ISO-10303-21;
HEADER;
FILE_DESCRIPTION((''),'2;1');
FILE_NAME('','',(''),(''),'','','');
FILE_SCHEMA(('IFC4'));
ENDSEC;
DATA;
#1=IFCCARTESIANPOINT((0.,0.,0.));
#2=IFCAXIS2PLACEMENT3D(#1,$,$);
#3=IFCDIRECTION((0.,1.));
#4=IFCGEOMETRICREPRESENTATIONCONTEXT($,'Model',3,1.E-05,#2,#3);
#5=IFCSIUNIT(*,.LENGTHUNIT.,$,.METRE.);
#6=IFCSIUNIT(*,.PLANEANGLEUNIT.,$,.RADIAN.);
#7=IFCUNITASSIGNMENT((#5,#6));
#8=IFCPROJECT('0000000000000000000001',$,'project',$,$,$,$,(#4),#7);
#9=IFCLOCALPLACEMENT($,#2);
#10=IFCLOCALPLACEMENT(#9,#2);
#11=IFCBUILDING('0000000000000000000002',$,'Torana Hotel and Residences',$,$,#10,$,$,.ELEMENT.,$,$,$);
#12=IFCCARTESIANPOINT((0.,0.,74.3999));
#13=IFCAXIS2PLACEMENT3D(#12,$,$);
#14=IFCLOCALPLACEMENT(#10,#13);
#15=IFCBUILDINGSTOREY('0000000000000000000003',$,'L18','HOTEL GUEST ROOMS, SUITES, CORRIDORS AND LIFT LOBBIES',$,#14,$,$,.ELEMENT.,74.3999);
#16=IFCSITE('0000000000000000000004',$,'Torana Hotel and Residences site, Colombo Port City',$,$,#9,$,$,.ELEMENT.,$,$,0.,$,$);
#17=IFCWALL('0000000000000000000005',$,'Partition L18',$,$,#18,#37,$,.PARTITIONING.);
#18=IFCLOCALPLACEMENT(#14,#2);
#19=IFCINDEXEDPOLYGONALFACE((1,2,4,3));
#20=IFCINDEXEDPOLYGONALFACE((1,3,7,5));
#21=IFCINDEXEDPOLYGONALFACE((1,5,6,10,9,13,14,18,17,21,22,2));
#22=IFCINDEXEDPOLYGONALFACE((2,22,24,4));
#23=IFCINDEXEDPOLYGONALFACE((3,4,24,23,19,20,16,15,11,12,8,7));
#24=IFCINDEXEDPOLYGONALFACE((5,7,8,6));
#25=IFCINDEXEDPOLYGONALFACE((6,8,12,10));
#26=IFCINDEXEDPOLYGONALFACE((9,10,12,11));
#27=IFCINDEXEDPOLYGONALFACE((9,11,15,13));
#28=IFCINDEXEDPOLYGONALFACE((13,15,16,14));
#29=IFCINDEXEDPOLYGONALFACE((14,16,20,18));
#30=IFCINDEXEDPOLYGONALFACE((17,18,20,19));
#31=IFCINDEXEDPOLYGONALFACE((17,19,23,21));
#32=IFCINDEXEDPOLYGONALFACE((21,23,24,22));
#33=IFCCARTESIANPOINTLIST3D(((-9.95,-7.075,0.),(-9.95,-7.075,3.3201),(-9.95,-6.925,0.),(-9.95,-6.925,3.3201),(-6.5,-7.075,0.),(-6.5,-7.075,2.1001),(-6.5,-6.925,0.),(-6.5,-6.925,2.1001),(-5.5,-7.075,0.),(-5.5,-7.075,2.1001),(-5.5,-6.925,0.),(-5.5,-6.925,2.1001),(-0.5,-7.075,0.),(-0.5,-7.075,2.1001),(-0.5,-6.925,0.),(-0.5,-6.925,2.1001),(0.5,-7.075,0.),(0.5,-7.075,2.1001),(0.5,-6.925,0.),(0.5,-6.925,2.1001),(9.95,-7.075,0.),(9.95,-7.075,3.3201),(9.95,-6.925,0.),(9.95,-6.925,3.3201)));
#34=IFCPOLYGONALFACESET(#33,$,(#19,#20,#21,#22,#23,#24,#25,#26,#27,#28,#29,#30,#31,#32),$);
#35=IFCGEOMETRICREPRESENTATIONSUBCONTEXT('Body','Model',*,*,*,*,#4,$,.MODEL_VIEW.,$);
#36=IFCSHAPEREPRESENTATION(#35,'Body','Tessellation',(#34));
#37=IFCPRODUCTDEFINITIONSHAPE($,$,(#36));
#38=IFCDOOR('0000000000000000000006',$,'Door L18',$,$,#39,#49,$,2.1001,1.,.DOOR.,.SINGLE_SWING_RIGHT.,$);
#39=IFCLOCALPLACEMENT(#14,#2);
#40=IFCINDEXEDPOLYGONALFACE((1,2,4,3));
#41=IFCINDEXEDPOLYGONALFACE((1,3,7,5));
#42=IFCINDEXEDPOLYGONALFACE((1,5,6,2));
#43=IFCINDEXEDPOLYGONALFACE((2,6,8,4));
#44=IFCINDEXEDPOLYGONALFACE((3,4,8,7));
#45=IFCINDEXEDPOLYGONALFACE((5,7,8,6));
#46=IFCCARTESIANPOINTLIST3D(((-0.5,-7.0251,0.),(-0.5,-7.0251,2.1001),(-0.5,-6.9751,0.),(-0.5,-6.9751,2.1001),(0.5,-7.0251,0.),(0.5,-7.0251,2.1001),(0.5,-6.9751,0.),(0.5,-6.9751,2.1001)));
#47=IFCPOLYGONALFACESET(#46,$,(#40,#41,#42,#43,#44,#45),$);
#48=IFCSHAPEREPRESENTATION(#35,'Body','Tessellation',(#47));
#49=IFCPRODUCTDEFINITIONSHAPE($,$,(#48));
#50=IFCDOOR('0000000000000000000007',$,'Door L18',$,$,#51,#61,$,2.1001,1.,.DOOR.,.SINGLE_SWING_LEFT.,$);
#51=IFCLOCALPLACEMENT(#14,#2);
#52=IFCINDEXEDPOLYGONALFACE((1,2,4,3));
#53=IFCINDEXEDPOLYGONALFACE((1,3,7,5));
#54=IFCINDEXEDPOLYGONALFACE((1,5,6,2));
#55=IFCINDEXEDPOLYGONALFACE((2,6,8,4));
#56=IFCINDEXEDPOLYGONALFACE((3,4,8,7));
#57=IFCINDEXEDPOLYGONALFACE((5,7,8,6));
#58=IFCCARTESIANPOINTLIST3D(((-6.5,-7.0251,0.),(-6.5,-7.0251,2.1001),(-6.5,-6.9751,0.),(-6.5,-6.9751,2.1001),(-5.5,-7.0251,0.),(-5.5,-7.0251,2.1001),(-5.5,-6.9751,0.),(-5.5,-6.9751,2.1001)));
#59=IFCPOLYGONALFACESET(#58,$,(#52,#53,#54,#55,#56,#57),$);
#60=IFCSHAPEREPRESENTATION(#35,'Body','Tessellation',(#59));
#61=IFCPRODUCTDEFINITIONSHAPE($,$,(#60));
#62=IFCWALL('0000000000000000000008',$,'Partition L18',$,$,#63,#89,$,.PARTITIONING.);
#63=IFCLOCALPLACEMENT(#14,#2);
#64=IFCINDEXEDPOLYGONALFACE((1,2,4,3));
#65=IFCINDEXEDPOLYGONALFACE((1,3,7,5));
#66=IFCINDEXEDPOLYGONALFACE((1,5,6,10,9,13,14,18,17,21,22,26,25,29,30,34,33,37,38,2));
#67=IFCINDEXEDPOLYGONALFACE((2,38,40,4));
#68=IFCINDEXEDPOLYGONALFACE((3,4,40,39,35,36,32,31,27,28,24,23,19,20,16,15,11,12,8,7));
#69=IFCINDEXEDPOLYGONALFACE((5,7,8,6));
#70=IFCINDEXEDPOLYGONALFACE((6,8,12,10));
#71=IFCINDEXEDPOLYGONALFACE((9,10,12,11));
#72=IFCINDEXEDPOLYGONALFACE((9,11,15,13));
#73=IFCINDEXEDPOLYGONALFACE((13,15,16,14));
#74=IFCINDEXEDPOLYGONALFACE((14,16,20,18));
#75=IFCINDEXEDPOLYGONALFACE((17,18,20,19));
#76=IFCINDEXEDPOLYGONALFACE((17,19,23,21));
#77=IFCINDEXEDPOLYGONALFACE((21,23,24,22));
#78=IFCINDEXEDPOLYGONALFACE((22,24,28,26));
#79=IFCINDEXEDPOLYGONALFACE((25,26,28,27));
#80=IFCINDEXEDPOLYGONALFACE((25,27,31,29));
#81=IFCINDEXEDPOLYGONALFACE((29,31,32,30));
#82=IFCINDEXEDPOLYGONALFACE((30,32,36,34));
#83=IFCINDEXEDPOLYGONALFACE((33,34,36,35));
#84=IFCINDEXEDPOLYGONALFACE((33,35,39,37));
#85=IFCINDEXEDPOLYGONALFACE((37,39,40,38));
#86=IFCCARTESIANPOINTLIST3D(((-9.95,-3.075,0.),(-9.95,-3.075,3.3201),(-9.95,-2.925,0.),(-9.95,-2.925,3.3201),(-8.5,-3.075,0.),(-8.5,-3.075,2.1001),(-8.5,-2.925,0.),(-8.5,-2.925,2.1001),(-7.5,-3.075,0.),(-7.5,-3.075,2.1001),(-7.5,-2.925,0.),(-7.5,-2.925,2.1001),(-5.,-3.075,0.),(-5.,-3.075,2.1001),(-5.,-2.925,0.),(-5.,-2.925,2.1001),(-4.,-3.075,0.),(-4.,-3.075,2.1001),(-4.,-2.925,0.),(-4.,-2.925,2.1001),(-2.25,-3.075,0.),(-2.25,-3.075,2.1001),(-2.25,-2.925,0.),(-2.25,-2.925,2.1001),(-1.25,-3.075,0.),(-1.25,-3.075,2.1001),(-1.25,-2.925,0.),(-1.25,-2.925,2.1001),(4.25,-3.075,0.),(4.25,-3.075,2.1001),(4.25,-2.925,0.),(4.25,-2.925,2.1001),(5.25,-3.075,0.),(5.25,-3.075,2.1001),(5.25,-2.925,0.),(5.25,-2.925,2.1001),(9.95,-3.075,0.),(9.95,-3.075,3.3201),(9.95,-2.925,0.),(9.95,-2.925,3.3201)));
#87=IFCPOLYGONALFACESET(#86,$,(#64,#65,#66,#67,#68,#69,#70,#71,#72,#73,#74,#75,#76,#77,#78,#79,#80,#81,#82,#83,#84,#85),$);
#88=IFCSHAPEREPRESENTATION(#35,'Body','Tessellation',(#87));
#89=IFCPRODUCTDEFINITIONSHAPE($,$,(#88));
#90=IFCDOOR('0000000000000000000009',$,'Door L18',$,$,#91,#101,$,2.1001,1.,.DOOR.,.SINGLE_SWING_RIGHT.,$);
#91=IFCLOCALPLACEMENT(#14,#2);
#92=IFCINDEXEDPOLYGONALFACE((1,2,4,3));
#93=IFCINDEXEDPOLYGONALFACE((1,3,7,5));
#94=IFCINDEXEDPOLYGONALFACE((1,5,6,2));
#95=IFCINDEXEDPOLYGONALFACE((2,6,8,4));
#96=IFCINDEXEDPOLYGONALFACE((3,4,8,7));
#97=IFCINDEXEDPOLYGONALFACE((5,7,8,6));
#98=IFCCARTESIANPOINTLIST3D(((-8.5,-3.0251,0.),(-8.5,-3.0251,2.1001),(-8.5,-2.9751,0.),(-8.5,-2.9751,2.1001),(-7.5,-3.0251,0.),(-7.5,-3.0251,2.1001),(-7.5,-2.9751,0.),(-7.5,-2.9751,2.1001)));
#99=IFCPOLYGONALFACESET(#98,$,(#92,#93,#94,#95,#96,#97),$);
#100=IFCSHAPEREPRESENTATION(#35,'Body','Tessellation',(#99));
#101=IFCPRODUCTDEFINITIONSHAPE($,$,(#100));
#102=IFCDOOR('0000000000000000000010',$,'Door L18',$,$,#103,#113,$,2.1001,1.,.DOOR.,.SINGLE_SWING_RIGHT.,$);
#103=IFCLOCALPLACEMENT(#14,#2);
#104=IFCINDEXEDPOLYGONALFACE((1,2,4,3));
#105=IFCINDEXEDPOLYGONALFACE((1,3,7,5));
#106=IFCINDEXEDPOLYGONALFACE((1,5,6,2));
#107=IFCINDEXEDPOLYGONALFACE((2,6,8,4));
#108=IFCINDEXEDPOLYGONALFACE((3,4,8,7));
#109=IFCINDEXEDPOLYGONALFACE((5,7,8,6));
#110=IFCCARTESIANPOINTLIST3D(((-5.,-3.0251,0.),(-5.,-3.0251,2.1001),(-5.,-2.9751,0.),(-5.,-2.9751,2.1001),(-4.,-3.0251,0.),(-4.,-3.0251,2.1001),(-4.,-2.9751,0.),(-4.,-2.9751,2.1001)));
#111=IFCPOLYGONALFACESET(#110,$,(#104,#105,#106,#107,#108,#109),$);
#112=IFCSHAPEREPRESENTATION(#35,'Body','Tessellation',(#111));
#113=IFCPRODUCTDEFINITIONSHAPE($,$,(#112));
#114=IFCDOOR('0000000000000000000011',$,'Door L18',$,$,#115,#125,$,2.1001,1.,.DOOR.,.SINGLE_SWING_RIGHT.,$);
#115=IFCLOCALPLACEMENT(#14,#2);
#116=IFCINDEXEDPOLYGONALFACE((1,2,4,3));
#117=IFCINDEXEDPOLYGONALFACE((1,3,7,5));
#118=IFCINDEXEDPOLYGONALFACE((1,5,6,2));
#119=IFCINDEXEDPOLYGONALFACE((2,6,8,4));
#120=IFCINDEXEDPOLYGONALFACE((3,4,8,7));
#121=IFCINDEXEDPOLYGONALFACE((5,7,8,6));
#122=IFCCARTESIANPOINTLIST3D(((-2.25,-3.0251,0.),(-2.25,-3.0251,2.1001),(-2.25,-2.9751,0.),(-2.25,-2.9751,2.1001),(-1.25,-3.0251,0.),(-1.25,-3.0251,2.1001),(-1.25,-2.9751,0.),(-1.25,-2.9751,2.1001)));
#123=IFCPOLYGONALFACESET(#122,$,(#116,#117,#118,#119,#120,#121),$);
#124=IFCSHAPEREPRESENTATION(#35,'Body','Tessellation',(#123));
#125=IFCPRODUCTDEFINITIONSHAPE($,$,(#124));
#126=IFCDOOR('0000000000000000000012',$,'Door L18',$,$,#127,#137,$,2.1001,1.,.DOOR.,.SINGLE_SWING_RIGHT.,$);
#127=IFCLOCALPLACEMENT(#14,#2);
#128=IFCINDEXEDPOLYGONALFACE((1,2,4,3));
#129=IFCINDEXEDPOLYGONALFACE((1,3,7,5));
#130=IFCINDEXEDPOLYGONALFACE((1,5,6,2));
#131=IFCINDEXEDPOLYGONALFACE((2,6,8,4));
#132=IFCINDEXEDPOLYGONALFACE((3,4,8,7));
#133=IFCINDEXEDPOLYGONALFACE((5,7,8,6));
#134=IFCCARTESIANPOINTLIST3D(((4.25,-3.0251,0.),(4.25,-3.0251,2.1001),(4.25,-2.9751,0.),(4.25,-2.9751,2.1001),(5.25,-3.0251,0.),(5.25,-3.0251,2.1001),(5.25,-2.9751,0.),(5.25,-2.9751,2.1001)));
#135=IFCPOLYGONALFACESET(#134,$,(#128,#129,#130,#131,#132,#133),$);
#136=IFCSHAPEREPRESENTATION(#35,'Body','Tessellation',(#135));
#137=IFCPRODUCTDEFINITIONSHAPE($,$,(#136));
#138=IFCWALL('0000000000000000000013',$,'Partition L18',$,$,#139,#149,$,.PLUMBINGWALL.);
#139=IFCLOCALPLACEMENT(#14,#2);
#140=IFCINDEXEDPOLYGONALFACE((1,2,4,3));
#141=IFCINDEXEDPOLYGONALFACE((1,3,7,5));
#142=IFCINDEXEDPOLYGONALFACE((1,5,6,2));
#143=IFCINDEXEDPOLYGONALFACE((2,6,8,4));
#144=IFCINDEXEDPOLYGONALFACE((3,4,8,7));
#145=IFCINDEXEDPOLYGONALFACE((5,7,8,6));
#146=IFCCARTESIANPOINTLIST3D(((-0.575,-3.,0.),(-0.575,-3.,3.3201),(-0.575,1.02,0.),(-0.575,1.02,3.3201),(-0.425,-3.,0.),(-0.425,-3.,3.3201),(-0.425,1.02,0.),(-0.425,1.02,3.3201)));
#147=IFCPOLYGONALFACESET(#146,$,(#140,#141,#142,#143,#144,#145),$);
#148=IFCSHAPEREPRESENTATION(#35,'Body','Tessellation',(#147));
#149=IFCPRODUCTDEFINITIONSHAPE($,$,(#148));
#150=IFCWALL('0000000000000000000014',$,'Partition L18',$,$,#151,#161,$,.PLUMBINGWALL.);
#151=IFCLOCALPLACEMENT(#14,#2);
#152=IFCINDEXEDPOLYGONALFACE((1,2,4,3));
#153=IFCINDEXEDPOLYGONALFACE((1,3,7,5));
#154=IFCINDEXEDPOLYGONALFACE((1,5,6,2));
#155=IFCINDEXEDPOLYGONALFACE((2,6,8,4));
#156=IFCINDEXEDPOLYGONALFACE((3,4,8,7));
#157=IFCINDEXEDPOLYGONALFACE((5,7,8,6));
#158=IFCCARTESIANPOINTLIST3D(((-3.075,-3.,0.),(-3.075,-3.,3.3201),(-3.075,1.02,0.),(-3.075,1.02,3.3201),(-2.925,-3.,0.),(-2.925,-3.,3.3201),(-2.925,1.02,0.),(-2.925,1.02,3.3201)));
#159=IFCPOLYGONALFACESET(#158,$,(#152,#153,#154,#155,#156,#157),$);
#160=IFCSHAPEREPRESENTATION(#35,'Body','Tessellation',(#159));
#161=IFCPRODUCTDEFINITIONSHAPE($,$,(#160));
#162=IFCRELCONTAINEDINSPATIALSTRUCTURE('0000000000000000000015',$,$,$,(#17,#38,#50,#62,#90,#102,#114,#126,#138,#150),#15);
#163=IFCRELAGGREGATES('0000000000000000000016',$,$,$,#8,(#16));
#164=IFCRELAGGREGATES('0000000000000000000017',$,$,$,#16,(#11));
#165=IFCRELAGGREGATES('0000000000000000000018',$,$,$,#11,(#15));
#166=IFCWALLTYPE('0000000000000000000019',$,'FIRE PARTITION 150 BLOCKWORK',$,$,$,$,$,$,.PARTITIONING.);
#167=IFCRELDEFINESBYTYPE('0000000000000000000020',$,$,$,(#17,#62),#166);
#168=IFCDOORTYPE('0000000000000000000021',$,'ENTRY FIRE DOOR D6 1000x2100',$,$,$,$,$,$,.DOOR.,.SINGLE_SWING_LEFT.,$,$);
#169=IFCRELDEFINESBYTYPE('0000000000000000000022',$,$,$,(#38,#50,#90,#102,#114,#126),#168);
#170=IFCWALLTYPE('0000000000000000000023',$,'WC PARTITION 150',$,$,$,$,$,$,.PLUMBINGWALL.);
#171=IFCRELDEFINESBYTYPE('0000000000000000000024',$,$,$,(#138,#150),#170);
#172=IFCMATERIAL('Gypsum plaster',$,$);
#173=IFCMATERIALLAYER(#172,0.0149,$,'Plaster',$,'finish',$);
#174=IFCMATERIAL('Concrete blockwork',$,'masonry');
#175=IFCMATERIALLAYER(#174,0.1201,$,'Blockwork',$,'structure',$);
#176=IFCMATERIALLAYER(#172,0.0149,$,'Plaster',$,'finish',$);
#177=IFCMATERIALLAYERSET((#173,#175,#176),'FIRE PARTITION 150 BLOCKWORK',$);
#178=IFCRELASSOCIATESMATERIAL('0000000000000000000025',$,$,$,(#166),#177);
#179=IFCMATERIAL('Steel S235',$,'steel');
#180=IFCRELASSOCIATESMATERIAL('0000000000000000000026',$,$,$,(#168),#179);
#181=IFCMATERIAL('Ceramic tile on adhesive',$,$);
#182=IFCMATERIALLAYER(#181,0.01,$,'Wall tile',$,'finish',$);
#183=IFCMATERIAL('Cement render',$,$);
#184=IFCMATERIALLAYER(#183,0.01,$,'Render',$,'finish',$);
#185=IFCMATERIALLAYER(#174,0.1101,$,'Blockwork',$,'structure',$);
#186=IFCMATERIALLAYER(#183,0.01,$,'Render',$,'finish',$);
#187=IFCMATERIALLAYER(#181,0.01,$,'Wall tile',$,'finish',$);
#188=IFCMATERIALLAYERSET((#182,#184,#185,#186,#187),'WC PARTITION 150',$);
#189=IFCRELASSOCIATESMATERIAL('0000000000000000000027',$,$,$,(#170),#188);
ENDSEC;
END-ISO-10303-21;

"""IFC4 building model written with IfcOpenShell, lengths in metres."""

from ifc_helpers import new_model, si_unit, direction, frame, frame_2d, origin, place, context, subcontext, project, spatial, rectangle, extrude, material, layer, layer_set, type_object, element, fill, save


model = new_model("IFC4")

# Units and contexts
model_context = context("Model", 3, precision=1e-05, world=origin(), true_north=direction((0.0, 1.0)))
body_context = subcontext(model_context, "Body", "Model", "MODEL_VIEW")
ifc_project = project(units=[si_unit("LENGTHUNIT", "METRE"), si_unit("PLANEANGLEUNIT", "RADIAN")], contexts=[model_context])

# Site, building, storey
site_placement = place(None, origin())
site = spatial("IfcSite", under=ifc_project, at=site_placement, Name="Torana Hotel and Residences site, Colombo Port City", CompositionType="ELEMENT", RefElevation=0.0)
building_placement = place(site_placement, origin())
building = spatial("IfcBuilding", under=site, at=building_placement, Name="Torana Hotel and Residences", CompositionType="ELEMENT")
storey_placement = place(building_placement, frame((0.0, 0.0, 74.3999)))
storey = spatial("IfcBuildingStorey", under=building, at=storey_placement, Name="L18", Description="HOTEL GUEST ROOMS, SUITES, CORRIDORS AND LIFT LOBBIES", CompositionType="ELEMENT", Elevation=74.3999)

# Shared definitions
ifc_material_1 = material(Name="Gypsum plaster")
ifc_layer_1 = layer(ifc_material_1, 0.0149, Name="Plaster", Category="finish")
ifc_material_2 = material(Name="Concrete blockwork", Category="masonry")
ifc_layer_2 = layer(ifc_material_2, 0.1201, Name="Blockwork", Category="structure")
ifc_layer_3 = layer(ifc_material_1, 0.0149, Name="Plaster", Category="finish")
ifc_layer_set_1 = layer_set([ifc_layer_1, ifc_layer_2, ifc_layer_3], Name="FIRE PARTITION 150 BLOCKWORK")
wall_type_1 = type_object("IfcWallType", Name="FIRE PARTITION 150 BLOCKWORK", PredefinedType="PARTITIONING", material=ifc_layer_set_1)

# Walls, openings, doors
wall_1_placement = place(storey_placement, frame((-9.95, -7.0, 0.0), z_axis=(0.0, 0.0, 1.0), x_axis=(1.0, 0.0, 0.0)))
wall_1 = element("IfcWall", 1, at=wall_1_placement, inside=storey, type_object=wall_type_1, Name="Partition L18", PredefinedType="PARTITIONING", context=body_context, shape_type="SweptSolid", body=[
    extrude(rectangle(XDim=19.8999, YDim=0.1499, at=frame_2d((9.95, 0.0))), origin(), (0.0, 0.0, 1.0), 3.3201),
])
opening_1_placement = place(wall_1_placement, frame((9.45, 0.0, 0.0)))
opening_1 = element("IfcOpeningElement", 2, at=opening_1_placement, cuts=wall_1, PredefinedType="OPENING", context=body_context, shape_type="SweptSolid", body=[
    extrude(rectangle(XDim=1.0, YDim=2.1001, at=frame_2d((0.5, 1.05))), frame((0.0, 0.085, 0.0), z_axis=(0.0, -1.0, 0.0), x_axis=(1.0, 0.0, 0.0)), (0.0, 0.0, 1.0), 0.1699),
])
opening_2_placement = place(wall_1_placement, frame((3.45, 0.0, 0.0)))
opening_2 = element("IfcOpeningElement", 3, at=opening_2_placement, cuts=wall_1, PredefinedType="OPENING", context=body_context, shape_type="SweptSolid", body=[
    extrude(rectangle(XDim=1.0, YDim=2.1001, at=frame_2d((0.5, 1.05))), frame((0.0, 0.085, 0.0), z_axis=(0.0, -1.0, 0.0), x_axis=(1.0, 0.0, 0.0)), (0.0, 0.0, 1.0), 0.1699),
])
ifc_material_3 = material(Name="Steel S235", Category="steel")
door_type = type_object("IfcDoorType", Name="ENTRY FIRE DOOR D6 1000x2100", OperationType="SINGLE_SWING_LEFT", PredefinedType="DOOR", material=ifc_material_3)
door_1_placement = place(opening_1_placement, origin())
door_1 = element("IfcDoor", 4, at=door_1_placement, inside=storey, type_object=door_type, Name="Door L18", OperationType="SINGLE_SWING_RIGHT", OverallHeight=2.1001, OverallWidth=1.0, PredefinedType="DOOR", context=body_context, shape_type="SweptSolid", body=[
    extrude(rectangle(XDim=1.0, YDim=2.1001, at=frame_2d((0.5, 1.05))), frame((0.0, 0.0249, 0.0), z_axis=(0.0, -1.0, 0.0), x_axis=(1.0, 0.0, 0.0)), (0.0, 0.0, 1.0), 0.05),
])
fill(opening_1, door_1)
door_2_placement = place(opening_2_placement, frame((0.5, 0.0, 0.0), z_axis=(0.0, 0.0, 1.0), x_axis=(-1.0, 0.0, 0.0)))
door_2 = element("IfcDoor", 5, at=door_2_placement, inside=storey, type_object=door_type, Name="Door L18", OperationType="SINGLE_SWING_LEFT", OverallHeight=2.1001, OverallWidth=1.0, PredefinedType="DOOR", context=body_context, shape_type="SweptSolid", body=[
    extrude(rectangle(XDim=1.0, YDim=2.1001, at=frame_2d((0.0, 1.05))), frame((0.0, -0.0249, 0.0), z_axis=(0.0, 1.0, 0.0), x_axis=(-1.0, 0.0, 0.0)), (0.0, 0.0, 1.0), 0.05),
])
fill(opening_2, door_2)
wall_2_placement = place(storey_placement, frame((-9.95, -3.0, 0.0), z_axis=(0.0, 0.0, 1.0), x_axis=(1.0, 0.0, 0.0)))
wall_2 = element("IfcWall", 6, at=wall_2_placement, inside=storey, type_object=wall_type_1, Name="Partition L18", PredefinedType="PARTITIONING", context=body_context, shape_type="SweptSolid", body=[
    extrude(rectangle(XDim=19.8999, YDim=0.1499, at=frame_2d((9.95, 0.0))), origin(), (0.0, 0.0, 1.0), 3.3201),
])
opening_3_placement = place(wall_2_placement, frame((1.45, 0.0, 0.0)))
opening_3 = element("IfcOpeningElement", 7, at=opening_3_placement, cuts=wall_2, PredefinedType="OPENING", context=body_context, shape_type="SweptSolid", body=[
    extrude(rectangle(XDim=1.0, YDim=2.1001, at=frame_2d((0.5, 1.05))), frame((0.0, 0.085, 0.0), z_axis=(0.0, -1.0, 0.0), x_axis=(1.0, 0.0, 0.0)), (0.0, 0.0, 1.0), 0.1699),
])
opening_4_placement = place(wall_2_placement, frame((4.95, 0.0, 0.0)))
opening_4 = element("IfcOpeningElement", 8, at=opening_4_placement, cuts=wall_2, PredefinedType="OPENING", context=body_context, shape_type="SweptSolid", body=[
    extrude(rectangle(XDim=1.0, YDim=2.1001, at=frame_2d((0.5, 1.05))), frame((0.0, 0.085, 0.0), z_axis=(0.0, -1.0, 0.0), x_axis=(1.0, 0.0, 0.0)), (0.0, 0.0, 1.0), 0.1699),
])
opening_5_placement = place(wall_2_placement, frame((7.7, 0.0, 0.0)))
opening_5 = element("IfcOpeningElement", 9, at=opening_5_placement, cuts=wall_2, PredefinedType="OPENING", context=body_context, shape_type="SweptSolid", body=[
    extrude(rectangle(XDim=1.0, YDim=2.1001, at=frame_2d((0.5, 1.05))), frame((0.0, 0.085, 0.0), z_axis=(0.0, -1.0, 0.0), x_axis=(1.0, 0.0, 0.0)), (0.0, 0.0, 1.0), 0.1699),
])
opening_6_placement = place(wall_2_placement, frame((14.2, 0.0, 0.0)))
opening_6 = element("IfcOpeningElement", 10, at=opening_6_placement, cuts=wall_2, PredefinedType="OPENING", context=body_context, shape_type="SweptSolid", body=[
    extrude(rectangle(XDim=1.0, YDim=2.1001, at=frame_2d((0.5, 1.05))), frame((0.0, 0.085, 0.0), z_axis=(0.0, -1.0, 0.0), x_axis=(1.0, 0.0, 0.0)), (0.0, 0.0, 1.0), 0.1699),
])
door_3_placement = place(opening_3_placement, origin())
door_3 = element("IfcDoor", 11, at=door_3_placement, inside=storey, type_object=door_type, Name="Door L18", OperationType="SINGLE_SWING_RIGHT", OverallHeight=2.1001, OverallWidth=1.0, PredefinedType="DOOR", context=body_context, shape_type="SweptSolid", body=[
    extrude(rectangle(XDim=1.0, YDim=2.1001, at=frame_2d((0.5, 1.05))), frame((0.0, 0.0249, 0.0), z_axis=(0.0, -1.0, 0.0), x_axis=(1.0, 0.0, 0.0)), (0.0, 0.0, 1.0), 0.05),
])
fill(opening_3, door_3)
door_4_placement = place(opening_4_placement, origin())
door_4 = element("IfcDoor", 12, at=door_4_placement, inside=storey, type_object=door_type, Name="Door L18", OperationType="SINGLE_SWING_RIGHT", OverallHeight=2.1001, OverallWidth=1.0, PredefinedType="DOOR", context=body_context, shape_type="SweptSolid", body=[
    extrude(rectangle(XDim=1.0, YDim=2.1001, at=frame_2d((0.5, 1.05))), frame((0.0, 0.0249, 0.0), z_axis=(0.0, -1.0, 0.0), x_axis=(1.0, 0.0, 0.0)), (0.0, 0.0, 1.0), 0.05),
])
fill(opening_4, door_4)
door_5_placement = place(opening_5_placement, origin())
door_5 = element("IfcDoor", 13, at=door_5_placement, inside=storey, type_object=door_type, Name="Door L18", OperationType="SINGLE_SWING_RIGHT", OverallHeight=2.1001, OverallWidth=1.0, PredefinedType="DOOR", context=body_context, shape_type="SweptSolid", body=[
    extrude(rectangle(XDim=1.0, YDim=2.1001, at=frame_2d((0.5, 1.05))), frame((0.0, 0.0249, 0.0), z_axis=(0.0, -1.0, 0.0), x_axis=(1.0, 0.0, 0.0)), (0.0, 0.0, 1.0), 0.05),
])
fill(opening_5, door_5)
door_6_placement = place(opening_6_placement, origin())
door_6 = element("IfcDoor", 14, at=door_6_placement, inside=storey, type_object=door_type, Name="Door L18", OperationType="SINGLE_SWING_RIGHT", OverallHeight=2.1001, OverallWidth=1.0, PredefinedType="DOOR", context=body_context, shape_type="SweptSolid", body=[
    extrude(rectangle(XDim=1.0, YDim=2.1001, at=frame_2d((0.5, 1.05))), frame((0.0, 0.0249, 0.0), z_axis=(0.0, -1.0, 0.0), x_axis=(1.0, 0.0, 0.0)), (0.0, 0.0, 1.0), 0.05),
])
fill(opening_6, door_6)

# Walls
ifc_material_4 = material(Name="Ceramic tile on adhesive")
ifc_layer_4 = layer(ifc_material_4, 0.01, Name="Wall tile", Category="finish")
ifc_material_5 = material(Name="Cement render")
ifc_layer_5 = layer(ifc_material_5, 0.01, Name="Render", Category="finish")
ifc_layer_6 = layer(ifc_material_2, 0.1101, Name="Blockwork", Category="structure")
ifc_layer_7 = layer(ifc_material_5, 0.01, Name="Render", Category="finish")
ifc_layer_8 = layer(ifc_material_4, 0.01, Name="Wall tile", Category="finish")
ifc_layer_set_2 = layer_set([ifc_layer_4, ifc_layer_5, ifc_layer_6, ifc_layer_7, ifc_layer_8], Name="WC PARTITION 150")
wall_type_2 = type_object("IfcWallType", Name="WC PARTITION 150", PredefinedType="PLUMBINGWALL", material=ifc_layer_set_2)
for number, where, z_axis, x_axis, name in (
    (15, (-0.5, -3.0, 0.0), (0.0, 0.0, 1.0), (0.0, 1.0, 0.0), "Partition L18"),
    (16, (-3.0, -3.0, 0.0), (0.0, 0.0, 1.0), (0.0, 1.0, 0.0), "Partition L18"),
):
    element("IfcWall", number, at=place(storey_placement, frame(where, z_axis=z_axis, x_axis=x_axis)), inside=storey, type_object=wall_type_2, Name=name, PredefinedType="PLUMBINGWALL", context=body_context, shape_type="SweptSolid", body=[
        extrude(rectangle(XDim=4.02, YDim=0.1499, at=frame_2d((2.01, 0.0))), origin(), (0.0, 0.0, 1.0), 3.3201),
    ])

save(model, "model.ifc")
